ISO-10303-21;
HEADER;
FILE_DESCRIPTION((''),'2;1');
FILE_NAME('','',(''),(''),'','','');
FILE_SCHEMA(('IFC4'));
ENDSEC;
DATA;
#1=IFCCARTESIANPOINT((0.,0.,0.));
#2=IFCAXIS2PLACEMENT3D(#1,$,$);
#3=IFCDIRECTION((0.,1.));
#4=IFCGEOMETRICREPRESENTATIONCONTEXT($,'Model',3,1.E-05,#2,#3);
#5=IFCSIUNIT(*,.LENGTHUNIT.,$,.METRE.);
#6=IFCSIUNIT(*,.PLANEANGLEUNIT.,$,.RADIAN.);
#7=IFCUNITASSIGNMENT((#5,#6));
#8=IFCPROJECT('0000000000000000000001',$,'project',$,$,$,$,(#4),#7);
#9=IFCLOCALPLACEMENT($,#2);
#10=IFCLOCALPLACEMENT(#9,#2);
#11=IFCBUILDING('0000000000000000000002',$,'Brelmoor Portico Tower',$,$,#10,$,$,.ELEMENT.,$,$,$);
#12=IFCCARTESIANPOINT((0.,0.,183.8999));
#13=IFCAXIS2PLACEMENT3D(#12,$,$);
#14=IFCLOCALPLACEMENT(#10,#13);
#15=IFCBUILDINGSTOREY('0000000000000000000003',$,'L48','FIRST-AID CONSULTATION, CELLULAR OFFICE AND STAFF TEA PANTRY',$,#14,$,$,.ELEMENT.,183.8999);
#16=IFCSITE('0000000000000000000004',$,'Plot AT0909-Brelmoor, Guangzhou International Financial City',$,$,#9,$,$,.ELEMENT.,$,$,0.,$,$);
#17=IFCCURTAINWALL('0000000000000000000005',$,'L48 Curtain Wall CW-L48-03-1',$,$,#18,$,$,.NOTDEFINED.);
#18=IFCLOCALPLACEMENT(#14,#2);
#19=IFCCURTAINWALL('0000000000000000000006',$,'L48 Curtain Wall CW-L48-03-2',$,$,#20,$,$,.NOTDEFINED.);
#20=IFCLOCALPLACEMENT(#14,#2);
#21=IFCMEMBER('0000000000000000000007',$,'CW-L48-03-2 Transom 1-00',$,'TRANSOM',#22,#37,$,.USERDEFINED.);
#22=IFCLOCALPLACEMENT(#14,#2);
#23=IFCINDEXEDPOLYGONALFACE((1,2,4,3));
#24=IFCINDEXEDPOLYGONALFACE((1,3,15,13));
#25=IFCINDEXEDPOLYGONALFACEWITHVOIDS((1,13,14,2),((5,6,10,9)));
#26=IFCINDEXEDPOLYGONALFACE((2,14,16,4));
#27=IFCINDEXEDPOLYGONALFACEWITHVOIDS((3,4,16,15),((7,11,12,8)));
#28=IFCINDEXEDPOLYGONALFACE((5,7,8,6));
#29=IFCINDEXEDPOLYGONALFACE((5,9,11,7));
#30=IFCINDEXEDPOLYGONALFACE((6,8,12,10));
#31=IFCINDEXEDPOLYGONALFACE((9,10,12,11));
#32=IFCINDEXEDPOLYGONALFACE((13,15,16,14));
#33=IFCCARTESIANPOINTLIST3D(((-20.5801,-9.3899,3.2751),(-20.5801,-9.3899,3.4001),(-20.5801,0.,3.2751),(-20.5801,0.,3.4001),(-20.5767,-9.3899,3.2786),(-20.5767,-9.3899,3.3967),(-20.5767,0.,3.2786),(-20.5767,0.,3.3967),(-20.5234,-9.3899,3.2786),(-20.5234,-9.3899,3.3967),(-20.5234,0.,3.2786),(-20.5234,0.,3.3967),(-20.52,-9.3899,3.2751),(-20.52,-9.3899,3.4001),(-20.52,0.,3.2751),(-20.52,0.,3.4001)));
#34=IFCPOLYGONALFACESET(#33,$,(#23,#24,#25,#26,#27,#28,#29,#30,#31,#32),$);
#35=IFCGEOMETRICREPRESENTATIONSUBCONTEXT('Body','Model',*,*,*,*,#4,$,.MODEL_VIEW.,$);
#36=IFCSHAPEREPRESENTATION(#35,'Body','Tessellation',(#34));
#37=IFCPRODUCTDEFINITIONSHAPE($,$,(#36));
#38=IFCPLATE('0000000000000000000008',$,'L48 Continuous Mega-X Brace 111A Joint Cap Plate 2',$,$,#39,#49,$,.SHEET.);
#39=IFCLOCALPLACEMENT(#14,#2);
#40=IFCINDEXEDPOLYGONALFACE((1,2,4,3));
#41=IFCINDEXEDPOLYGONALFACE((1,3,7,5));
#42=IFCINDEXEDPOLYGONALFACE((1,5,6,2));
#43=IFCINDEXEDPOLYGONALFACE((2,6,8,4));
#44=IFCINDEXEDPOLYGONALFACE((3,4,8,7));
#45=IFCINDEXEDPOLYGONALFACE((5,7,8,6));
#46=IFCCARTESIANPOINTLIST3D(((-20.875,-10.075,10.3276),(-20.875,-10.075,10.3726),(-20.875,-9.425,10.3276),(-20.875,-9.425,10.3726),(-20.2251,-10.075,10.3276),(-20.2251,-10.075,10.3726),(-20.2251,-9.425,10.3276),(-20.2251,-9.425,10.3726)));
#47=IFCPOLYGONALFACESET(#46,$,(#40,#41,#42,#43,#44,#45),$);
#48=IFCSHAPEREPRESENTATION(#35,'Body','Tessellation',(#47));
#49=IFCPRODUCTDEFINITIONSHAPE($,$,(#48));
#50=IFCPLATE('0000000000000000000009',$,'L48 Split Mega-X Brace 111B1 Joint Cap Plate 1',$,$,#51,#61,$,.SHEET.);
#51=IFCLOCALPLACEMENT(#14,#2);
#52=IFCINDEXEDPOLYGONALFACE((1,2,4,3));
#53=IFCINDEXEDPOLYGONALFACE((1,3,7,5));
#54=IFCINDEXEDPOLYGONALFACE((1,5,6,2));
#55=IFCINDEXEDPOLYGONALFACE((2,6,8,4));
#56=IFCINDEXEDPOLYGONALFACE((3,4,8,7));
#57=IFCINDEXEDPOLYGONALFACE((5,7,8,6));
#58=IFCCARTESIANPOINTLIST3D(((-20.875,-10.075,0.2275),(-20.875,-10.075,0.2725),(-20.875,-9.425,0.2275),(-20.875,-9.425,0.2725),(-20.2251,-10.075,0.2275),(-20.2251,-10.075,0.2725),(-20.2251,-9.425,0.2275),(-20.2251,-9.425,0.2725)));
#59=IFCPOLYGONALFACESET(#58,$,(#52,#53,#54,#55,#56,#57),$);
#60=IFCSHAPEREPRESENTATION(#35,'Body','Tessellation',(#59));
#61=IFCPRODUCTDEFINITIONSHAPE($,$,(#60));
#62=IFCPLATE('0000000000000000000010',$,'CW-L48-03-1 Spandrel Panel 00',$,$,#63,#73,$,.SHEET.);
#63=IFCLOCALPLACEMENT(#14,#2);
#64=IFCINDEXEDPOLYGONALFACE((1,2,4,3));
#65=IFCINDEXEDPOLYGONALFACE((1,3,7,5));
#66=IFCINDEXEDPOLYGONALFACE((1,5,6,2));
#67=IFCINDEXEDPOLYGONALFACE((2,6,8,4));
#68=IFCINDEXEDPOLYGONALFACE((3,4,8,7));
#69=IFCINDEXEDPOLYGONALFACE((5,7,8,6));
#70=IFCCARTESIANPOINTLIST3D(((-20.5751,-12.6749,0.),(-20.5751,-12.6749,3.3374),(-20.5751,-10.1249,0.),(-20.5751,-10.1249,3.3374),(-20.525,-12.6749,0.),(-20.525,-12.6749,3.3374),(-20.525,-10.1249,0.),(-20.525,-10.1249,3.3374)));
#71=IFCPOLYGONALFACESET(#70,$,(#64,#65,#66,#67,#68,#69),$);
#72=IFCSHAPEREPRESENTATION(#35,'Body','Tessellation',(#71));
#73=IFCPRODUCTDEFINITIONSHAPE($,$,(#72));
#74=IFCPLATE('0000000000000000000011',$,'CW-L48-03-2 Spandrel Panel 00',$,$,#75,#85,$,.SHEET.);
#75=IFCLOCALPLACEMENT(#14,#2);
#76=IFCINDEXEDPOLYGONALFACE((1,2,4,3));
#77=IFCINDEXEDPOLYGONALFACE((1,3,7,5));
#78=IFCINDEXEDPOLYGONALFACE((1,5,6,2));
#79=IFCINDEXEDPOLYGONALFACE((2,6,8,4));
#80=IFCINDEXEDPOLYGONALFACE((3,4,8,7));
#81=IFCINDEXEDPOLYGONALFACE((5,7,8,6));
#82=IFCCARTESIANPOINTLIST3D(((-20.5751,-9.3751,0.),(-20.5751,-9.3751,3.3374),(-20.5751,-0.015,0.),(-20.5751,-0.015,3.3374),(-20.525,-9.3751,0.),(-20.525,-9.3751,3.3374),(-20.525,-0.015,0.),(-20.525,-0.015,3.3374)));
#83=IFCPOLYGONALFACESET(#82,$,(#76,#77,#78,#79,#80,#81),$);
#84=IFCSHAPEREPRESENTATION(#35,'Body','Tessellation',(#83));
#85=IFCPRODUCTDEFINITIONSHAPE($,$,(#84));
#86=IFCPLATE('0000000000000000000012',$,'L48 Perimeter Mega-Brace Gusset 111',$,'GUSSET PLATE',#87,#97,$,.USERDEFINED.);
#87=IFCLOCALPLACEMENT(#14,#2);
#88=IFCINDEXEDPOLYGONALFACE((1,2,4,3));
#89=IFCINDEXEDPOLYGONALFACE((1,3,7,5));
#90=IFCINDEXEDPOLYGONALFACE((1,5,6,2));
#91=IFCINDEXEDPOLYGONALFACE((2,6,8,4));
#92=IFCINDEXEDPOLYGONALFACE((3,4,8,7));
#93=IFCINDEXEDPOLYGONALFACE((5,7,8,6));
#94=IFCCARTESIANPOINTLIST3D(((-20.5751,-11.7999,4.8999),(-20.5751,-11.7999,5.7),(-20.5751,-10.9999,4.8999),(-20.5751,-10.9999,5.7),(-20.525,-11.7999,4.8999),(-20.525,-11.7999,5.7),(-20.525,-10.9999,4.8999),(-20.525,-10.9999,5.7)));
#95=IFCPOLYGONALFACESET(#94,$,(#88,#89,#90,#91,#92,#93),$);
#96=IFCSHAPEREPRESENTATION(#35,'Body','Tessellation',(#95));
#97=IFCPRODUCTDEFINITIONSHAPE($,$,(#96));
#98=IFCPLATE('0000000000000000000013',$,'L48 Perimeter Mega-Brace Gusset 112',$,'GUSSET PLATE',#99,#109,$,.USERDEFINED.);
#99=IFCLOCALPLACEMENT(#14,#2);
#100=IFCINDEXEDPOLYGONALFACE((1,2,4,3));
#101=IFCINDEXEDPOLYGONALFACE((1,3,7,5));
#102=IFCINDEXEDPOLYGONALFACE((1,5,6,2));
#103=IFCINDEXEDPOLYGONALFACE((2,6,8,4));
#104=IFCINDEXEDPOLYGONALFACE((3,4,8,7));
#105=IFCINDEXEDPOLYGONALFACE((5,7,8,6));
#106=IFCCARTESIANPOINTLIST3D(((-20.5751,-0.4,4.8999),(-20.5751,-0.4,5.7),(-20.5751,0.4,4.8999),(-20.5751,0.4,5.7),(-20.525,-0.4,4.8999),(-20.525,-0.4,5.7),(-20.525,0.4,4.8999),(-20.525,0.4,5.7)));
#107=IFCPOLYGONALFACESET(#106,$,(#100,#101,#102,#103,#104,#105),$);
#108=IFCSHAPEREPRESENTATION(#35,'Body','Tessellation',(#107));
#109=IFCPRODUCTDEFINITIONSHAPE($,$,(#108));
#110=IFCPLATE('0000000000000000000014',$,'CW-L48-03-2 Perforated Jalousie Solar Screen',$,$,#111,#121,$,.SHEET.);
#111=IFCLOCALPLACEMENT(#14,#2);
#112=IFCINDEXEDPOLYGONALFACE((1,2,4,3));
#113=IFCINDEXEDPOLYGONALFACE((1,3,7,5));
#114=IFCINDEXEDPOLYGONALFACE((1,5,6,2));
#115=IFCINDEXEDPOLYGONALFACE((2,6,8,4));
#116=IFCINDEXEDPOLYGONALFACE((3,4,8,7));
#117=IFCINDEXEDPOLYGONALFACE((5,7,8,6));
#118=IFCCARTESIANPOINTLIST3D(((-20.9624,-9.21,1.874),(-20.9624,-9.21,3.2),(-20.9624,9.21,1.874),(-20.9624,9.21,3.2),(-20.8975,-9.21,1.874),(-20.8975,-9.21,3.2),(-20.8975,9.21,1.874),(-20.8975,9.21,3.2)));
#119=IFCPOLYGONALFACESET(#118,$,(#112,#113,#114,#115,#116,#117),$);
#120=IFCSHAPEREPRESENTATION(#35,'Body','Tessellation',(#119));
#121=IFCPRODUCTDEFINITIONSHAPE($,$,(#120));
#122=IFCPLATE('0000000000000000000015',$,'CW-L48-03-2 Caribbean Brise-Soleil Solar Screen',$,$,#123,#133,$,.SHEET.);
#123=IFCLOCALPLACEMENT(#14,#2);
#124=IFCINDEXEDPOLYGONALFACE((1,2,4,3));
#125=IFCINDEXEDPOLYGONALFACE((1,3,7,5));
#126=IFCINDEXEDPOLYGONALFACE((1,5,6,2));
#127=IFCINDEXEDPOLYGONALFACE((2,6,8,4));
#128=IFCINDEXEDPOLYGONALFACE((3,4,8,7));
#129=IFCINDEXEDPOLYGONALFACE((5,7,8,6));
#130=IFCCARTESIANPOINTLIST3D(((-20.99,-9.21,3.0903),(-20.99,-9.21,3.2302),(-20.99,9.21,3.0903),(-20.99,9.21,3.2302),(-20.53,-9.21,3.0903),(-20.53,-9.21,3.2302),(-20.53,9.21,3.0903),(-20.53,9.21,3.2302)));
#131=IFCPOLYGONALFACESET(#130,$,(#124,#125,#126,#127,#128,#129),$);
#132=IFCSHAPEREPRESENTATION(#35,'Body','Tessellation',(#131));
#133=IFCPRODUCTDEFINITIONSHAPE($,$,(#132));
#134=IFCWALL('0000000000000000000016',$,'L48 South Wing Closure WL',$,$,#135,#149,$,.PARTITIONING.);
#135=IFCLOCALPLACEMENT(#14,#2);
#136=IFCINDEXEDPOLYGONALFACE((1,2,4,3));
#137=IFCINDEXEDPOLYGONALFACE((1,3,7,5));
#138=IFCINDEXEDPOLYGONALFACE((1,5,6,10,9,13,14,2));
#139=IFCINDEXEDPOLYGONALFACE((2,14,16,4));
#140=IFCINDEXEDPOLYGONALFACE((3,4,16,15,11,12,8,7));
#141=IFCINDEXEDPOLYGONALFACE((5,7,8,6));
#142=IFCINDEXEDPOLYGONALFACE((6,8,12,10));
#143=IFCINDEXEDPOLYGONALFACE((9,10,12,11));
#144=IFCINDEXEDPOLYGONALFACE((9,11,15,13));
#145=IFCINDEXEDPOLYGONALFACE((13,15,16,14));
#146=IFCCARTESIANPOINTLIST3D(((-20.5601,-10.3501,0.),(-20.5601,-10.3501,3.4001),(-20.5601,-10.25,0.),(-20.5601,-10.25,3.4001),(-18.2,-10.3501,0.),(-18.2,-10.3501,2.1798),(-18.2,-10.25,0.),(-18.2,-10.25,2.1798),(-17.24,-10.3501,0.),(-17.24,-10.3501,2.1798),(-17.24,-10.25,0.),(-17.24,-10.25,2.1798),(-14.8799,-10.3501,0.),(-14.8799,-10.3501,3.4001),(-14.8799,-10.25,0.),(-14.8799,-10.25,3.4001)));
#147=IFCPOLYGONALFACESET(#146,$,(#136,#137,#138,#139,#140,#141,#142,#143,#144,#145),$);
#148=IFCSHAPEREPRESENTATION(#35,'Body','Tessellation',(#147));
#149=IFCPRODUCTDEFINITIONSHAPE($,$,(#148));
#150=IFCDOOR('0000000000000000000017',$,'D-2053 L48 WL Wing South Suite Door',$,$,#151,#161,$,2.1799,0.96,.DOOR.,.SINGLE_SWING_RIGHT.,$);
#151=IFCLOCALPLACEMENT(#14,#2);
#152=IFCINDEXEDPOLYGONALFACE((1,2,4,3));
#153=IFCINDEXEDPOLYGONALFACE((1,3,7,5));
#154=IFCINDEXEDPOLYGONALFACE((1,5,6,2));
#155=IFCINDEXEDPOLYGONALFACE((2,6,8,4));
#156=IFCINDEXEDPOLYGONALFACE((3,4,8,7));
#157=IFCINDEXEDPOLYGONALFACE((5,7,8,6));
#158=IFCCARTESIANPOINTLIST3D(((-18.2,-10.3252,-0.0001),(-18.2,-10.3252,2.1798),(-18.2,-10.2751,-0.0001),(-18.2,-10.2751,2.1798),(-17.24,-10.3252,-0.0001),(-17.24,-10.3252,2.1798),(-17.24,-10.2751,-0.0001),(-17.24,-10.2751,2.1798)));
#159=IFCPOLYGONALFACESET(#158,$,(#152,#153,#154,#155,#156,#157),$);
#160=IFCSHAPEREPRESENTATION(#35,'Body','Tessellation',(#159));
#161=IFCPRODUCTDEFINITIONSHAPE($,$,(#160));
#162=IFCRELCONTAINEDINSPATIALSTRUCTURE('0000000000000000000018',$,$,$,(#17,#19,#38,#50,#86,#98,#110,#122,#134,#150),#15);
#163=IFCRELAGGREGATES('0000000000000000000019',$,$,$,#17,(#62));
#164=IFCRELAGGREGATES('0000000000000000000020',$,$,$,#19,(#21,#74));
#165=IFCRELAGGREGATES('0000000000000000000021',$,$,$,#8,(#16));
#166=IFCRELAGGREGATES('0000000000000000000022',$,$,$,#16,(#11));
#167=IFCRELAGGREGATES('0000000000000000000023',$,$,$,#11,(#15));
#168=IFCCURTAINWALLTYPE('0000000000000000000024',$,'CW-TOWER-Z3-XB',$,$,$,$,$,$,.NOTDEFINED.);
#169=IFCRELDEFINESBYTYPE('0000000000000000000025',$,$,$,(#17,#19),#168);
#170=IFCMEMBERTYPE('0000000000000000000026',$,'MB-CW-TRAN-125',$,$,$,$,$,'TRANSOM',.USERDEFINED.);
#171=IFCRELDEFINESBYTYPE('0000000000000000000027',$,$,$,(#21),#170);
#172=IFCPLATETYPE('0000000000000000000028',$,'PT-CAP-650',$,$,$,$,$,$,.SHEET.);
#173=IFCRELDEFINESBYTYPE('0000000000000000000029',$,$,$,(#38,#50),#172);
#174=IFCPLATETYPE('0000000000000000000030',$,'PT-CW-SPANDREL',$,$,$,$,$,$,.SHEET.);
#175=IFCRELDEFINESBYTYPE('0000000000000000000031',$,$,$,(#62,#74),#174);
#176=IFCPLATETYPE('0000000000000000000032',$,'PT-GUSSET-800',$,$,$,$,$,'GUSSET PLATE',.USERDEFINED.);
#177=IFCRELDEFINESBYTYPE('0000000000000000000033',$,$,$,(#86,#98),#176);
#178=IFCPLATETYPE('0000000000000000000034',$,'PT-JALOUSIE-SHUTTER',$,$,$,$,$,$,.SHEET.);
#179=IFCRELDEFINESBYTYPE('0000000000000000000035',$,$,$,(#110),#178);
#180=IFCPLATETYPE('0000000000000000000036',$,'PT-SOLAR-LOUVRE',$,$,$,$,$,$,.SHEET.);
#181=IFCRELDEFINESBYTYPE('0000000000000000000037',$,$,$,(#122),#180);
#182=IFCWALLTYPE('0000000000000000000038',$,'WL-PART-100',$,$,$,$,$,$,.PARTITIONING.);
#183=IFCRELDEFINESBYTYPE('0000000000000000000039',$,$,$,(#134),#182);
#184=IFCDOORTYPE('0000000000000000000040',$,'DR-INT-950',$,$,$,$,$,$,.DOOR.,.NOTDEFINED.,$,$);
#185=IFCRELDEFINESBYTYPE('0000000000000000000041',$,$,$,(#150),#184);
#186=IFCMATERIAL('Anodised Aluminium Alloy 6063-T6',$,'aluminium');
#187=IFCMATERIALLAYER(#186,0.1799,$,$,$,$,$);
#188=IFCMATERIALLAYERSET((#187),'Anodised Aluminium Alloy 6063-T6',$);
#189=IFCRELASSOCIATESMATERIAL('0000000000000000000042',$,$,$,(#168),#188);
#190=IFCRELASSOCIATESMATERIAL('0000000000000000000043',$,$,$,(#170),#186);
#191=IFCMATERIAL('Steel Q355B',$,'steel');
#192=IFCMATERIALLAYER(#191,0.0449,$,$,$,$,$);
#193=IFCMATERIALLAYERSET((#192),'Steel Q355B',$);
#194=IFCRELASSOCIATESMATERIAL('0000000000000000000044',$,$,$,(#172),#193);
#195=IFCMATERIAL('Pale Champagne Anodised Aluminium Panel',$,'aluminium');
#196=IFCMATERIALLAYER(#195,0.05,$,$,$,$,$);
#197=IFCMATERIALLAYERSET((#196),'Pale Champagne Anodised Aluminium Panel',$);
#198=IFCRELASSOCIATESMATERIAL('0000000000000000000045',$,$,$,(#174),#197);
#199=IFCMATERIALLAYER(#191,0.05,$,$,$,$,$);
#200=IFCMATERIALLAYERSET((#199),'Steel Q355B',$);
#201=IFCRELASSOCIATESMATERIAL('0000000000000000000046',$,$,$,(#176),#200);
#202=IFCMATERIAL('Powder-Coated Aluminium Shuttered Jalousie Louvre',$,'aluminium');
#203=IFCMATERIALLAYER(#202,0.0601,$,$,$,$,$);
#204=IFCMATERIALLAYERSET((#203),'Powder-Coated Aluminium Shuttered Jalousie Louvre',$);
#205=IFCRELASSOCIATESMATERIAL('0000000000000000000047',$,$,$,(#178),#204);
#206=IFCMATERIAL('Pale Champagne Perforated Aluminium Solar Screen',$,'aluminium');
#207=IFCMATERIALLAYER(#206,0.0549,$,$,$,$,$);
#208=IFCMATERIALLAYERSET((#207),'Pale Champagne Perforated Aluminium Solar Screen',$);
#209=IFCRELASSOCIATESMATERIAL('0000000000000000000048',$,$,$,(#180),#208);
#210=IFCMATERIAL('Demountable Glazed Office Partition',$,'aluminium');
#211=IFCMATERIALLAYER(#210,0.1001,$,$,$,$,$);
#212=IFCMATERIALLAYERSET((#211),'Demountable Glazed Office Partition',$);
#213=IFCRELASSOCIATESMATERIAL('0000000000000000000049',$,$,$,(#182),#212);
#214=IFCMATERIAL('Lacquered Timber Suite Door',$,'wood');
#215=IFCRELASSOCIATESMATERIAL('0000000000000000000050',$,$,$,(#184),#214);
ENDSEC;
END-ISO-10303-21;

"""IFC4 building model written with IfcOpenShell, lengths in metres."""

from ifc_helpers import new_model, si_unit, direction, frame, frame_2d, origin, origin_2d, place, context, subcontext, project, spatial, rectangle, hollow_rectangle, extrude, material, layer, layer_set, material_profile, profile_set, type_object, element, fill, aggregate, save


model = new_model("IFC4")

# Units and contexts
model_context = context("Model", 3, precision=1e-05, world=origin(), true_north=direction((0.0, 1.0)))
body_context = subcontext(model_context, "Body", "Model", "MODEL_VIEW")
ifc_project = project(units=[si_unit("LENGTHUNIT", "METRE"), si_unit("PLANEANGLEUNIT", "RADIAN")], contexts=[model_context])

# Site, building, storey
site_placement = place(None, origin())
site = spatial("IfcSite", under=ifc_project, at=site_placement, Name="Plot AT0909-Brelmoor, Guangzhou International Financial City", CompositionType="ELEMENT", RefElevation=0.0)
building_placement = place(site_placement, origin())
building = spatial("IfcBuilding", under=site, at=building_placement, Name="Brelmoor Portico Tower", CompositionType="ELEMENT")
storey_placement = place(building_placement, frame((0.0, 0.0, 183.8999)))
storey = spatial("IfcBuildingStorey", under=building, at=storey_placement, Name="L48", Description="FIRST-AID CONSULTATION, CELLULAR OFFICE AND STAFF TEA PANTRY", CompositionType="ELEMENT", Elevation=183.8999)

# Shared definitions
ifc_material_1 = material(Name="Steel Q355B", Category="steel")

# Curtain wall
ifc_material_2 = material(Name="Anodised Aluminium Alloy 6063-T6", Category="aluminium")
ifc_layer_1 = layer(ifc_material_2, 0.1799)
ifc_layer_set_1 = layer_set([ifc_layer_1], Name="Anodised Aluminium Alloy 6063-T6")
curtain_wall_type = type_object("IfcCurtainWallType", Name="CW-TOWER-Z3-XB", PredefinedType="NOTDEFINED", material=ifc_layer_set_1)
curtain_wall_1_placement = place(storey_placement, origin())
curtain_wall_1 = element("IfcCurtainWall", 1, at=curtain_wall_1_placement, inside=storey, type_object=curtain_wall_type, Name="L48 Curtain Wall CW-L48-03-1", PredefinedType="NOTDEFINED")

# Curtain wall, member
curtain_wall_2_placement = place(storey_placement, origin())
curtain_wall_2 = element("IfcCurtainWall", 2, at=curtain_wall_2_placement, inside=storey, type_object=curtain_wall_type, Name="L48 Curtain Wall CW-L48-03-2", PredefinedType="NOTDEFINED")
ifc_material_profile_1 = material_profile(ifc_material_2, hollow_rectangle(XDim=0.0601, YDim=0.125, WallThickness=0.0034, at=origin_2d()), Name="ALU TRANSOM 60x125")
ifc_profile_set_1 = profile_set([ifc_material_profile_1], Name="Anodised Aluminium Alloy 6063-T6")
member_type_1 = type_object("IfcMemberType", Name="MB-CW-TRAN-125", ElementType="TRANSOM", PredefinedType="USERDEFINED", material=ifc_profile_set_1)
member_1_placement = place(storey_placement, frame((-20.55, -9.3899, 3.3376), z_axis=(0.0, 1.0, 0.0), x_axis=(-1.0, 0.0, 0.0)))
member_1 = element("IfcMember", 3, at=member_1_placement, type_object=member_type_1, Name="CW-L48-03-2 Transom 1-00", ObjectType="TRANSOM", PredefinedType="USERDEFINED", context=body_context, shape_type="SweptSolid", body=[
    extrude(hollow_rectangle(XDim=0.0601, YDim=0.125, WallThickness=0.0034, at=origin_2d()), origin(), (0.0, 0.0, 1.0), 9.3899),
])

# Plates
ifc_layer_2 = layer(ifc_material_1, 0.0449)
ifc_layer_set_2 = layer_set([ifc_layer_2], Name="Steel Q355B")
plate_type_1 = type_object("IfcPlateType", Name="PT-CAP-650", PredefinedType="SHEET", material=ifc_layer_set_2)
for number, where, z_axis, x_axis, name in (
    (4, (-20.55, -9.75, 10.3276), (0.0, 0.0, 1.0), (1.0, 0.0, 0.0), "L48 Continuous Mega-X Brace 111A Joint Cap Plate 2"),
    (5, (-20.55, -9.75, 0.2275), (0.0, 0.0, 1.0), (1.0, 0.0, 0.0), "L48 Split Mega-X Brace 111B1 Joint Cap Plate 1"),
):
    element("IfcPlate", number, at=place(storey_placement, frame(where, z_axis=z_axis, x_axis=x_axis)), inside=storey, type_object=plate_type_1, Name=name, PredefinedType="SHEET", context=body_context, shape_type="SweptSolid", body=[
        extrude(rectangle(XDim=0.6499, YDim=0.6499, at=origin_2d()), origin(), (0.0, 0.0, 1.0), 0.0449),
    ])

# Plates
ifc_material_3 = material(Name="Pale Champagne Anodised Aluminium Panel", Category="aluminium")
ifc_layer_3 = layer(ifc_material_3, 0.05)
ifc_layer_set_3 = layer_set([ifc_layer_3], Name="Pale Champagne Anodised Aluminium Panel")
plate_type_2 = type_object("IfcPlateType", Name="PT-CW-SPANDREL", PredefinedType="SHEET", material=ifc_layer_set_3)
plate_1_placement = place(storey_placement, frame((-20.55, -11.3999, 0.0), z_axis=(0.0, 0.0, 1.0), x_axis=(0.0, 1.0, 0.0)))
plate_1 = element("IfcPlate", 6, at=plate_1_placement, type_object=plate_type_2, Name="CW-L48-03-1 Spandrel Panel 00", PredefinedType="SHEET", context=body_context, shape_type="SweptSolid", body=[
    extrude(rectangle(XDim=2.55, YDim=0.05, at=origin_2d()), origin(), (0.0, 0.0, 1.0), 3.3374),
])
aggregate(curtain_wall_1, [plate_1])
plate_2_placement = place(storey_placement, frame((-20.55, -4.6951, 0.0), z_axis=(0.0, 0.0, 1.0), x_axis=(0.0, 1.0, 0.0)))
plate_2 = element("IfcPlate", 7, at=plate_2_placement, type_object=plate_type_2, Name="CW-L48-03-2 Spandrel Panel 00", PredefinedType="SHEET", context=body_context, shape_type="SweptSolid", body=[
    extrude(rectangle(XDim=9.3601, YDim=0.05, at=origin_2d()), origin(), (0.0, 0.0, 1.0), 3.3374),
])
aggregate(curtain_wall_2, [member_1, plate_2])

# Plates
ifc_layer_4 = layer(ifc_material_1, 0.05)
ifc_layer_set_4 = layer_set([ifc_layer_4], Name="Steel Q355B")
plate_type_3 = type_object("IfcPlateType", Name="PT-GUSSET-800", ElementType="GUSSET PLATE", PredefinedType="USERDEFINED", material=ifc_layer_set_4)
for number, where, z_axis, x_axis, name in (
    (8, (-20.55, -11.3999, 4.8999), (0.0, 0.0, 1.0), (1.0, 0.0, 0.0), "L48 Perimeter Mega-Brace Gusset 111"),
    (9, (-20.55, 0.0, 4.8999), (0.0, 0.0, 1.0), (1.0, 0.0, 0.0), "L48 Perimeter Mega-Brace Gusset 112"),
):
    element("IfcPlate", number, at=place(storey_placement, frame(where, z_axis=z_axis, x_axis=x_axis)), inside=storey, type_object=plate_type_3, Name=name, ObjectType="GUSSET PLATE", PredefinedType="USERDEFINED", context=body_context, shape_type="SweptSolid", body=[
        extrude(rectangle(XDim=0.05, YDim=0.8, at=origin_2d()), origin(), (0.0, 0.0, 1.0), 0.8),
    ])
ifc_material_4 = material(Name="Powder-Coated Aluminium Shuttered Jalousie Louvre", Category="aluminium")
ifc_layer_5 = layer(ifc_material_4, 0.0601)
ifc_layer_set_5 = layer_set([ifc_layer_5], Name="Powder-Coated Aluminium Shuttered Jalousie Louvre")
plate_type_4 = type_object("IfcPlateType", Name="PT-JALOUSIE-SHUTTER", PredefinedType="SHEET", material=ifc_layer_set_5)
plate_3_placement = place(storey_placement, frame((-20.9299, 0.0, 1.874), z_axis=(0.0, 0.0, 1.0), x_axis=(0.0, 1.0, 0.0)))
element("IfcPlate", 10, at=plate_3_placement, inside=storey, type_object=plate_type_4, Name="CW-L48-03-2 Perforated Jalousie Solar Screen", PredefinedType="SHEET", context=body_context, shape_type="SweptSolid", body=[
    extrude(rectangle(XDim=18.4199, YDim=0.0649, at=origin_2d()), origin(), (0.0, 0.0, 1.0), 1.3259),
])
ifc_material_5 = material(Name="Pale Champagne Perforated Aluminium Solar Screen", Category="aluminium")
ifc_layer_6 = layer(ifc_material_5, 0.0549)
ifc_layer_set_6 = layer_set([ifc_layer_6], Name="Pale Champagne Perforated Aluminium Solar Screen")
plate_type_5 = type_object("IfcPlateType", Name="PT-SOLAR-LOUVRE", PredefinedType="SHEET", material=ifc_layer_set_6)
plate_4_placement = place(storey_placement, frame((-20.76, 0.0, 3.0903), z_axis=(0.0, 0.0, 1.0), x_axis=(0.0, 1.0, 0.0)))
element("IfcPlate", 11, at=plate_4_placement, inside=storey, type_object=plate_type_5, Name="CW-L48-03-2 Caribbean Brise-Soleil Solar Screen", PredefinedType="SHEET", context=body_context, shape_type="SweptSolid", body=[
    extrude(rectangle(XDim=18.4199, YDim=0.46, at=origin_2d()), origin(), (0.0, 0.0, 1.0), 0.1399),
])

# Wall, opening, door
ifc_material_6 = material(Name="Demountable Glazed Office Partition", Category="aluminium")
ifc_layer_7 = layer(ifc_material_6, 0.1001)
ifc_layer_set_7 = layer_set([ifc_layer_7], Name="Demountable Glazed Office Partition")
wall_type = type_object("IfcWallType", Name="WL-PART-100", PredefinedType="PARTITIONING", material=ifc_layer_set_7)
wall_1_placement = place(storey_placement, frame((-20.5601, -10.3, 0.0), z_axis=(0.0, 0.0, 1.0), x_axis=(1.0, 0.0, 0.0)))
wall_1 = element("IfcWall", 12, at=wall_1_placement, inside=storey, type_object=wall_type, Name="L48 South Wing Closure WL", PredefinedType="PARTITIONING", context=body_context, shape_type="SweptSolid", body=[
    extrude(rectangle(XDim=5.6802, YDim=0.1001, at=frame_2d((2.8401, 0.0))), origin(), (0.0, 0.0, 1.0), 3.4001),
])
opening_1_placement = place(wall_1_placement, frame((2.3601, 0.0, 0.0)))
opening_1 = element("IfcOpeningElement", 13, at=opening_1_placement, cuts=wall_1, PredefinedType="OPENING", context=body_context, shape_type="SweptSolid", body=[
    extrude(rectangle(XDim=0.96, YDim=2.1799, at=frame_2d((0.48, 1.0898))), frame((0.0, 0.0601, 0.0), z_axis=(0.0, -1.0, 0.0), x_axis=(1.0, 0.0, 0.0)), (0.0, 0.0, 1.0), 0.1201),
])
ifc_material_7 = material(Name="Lacquered Timber Suite Door", Category="wood")
door_type = type_object("IfcDoorType", Name="DR-INT-950", OperationType="NOTDEFINED", PredefinedType="DOOR", material=ifc_material_7)
door_1_placement = place(opening_1_placement, origin())
door_1 = element("IfcDoor", 14, at=door_1_placement, inside=storey, type_object=door_type, Name="D-2053 L48 WL Wing South Suite Door", OperationType="SINGLE_SWING_RIGHT", OverallHeight=2.1799, OverallWidth=0.96, PredefinedType="DOOR", context=body_context, shape_type="SweptSolid", body=[
    extrude(rectangle(XDim=0.96, YDim=2.1799, at=frame_2d((0.48, 1.0898))), frame((0.0, 0.0249, 0.0), z_axis=(0.0, -1.0, 0.0), x_axis=(1.0, 0.0, 0.0)), (0.0, 0.0, 1.0), 0.05),
])
fill(opening_1, door_1)

save(model, "model.ifc")
